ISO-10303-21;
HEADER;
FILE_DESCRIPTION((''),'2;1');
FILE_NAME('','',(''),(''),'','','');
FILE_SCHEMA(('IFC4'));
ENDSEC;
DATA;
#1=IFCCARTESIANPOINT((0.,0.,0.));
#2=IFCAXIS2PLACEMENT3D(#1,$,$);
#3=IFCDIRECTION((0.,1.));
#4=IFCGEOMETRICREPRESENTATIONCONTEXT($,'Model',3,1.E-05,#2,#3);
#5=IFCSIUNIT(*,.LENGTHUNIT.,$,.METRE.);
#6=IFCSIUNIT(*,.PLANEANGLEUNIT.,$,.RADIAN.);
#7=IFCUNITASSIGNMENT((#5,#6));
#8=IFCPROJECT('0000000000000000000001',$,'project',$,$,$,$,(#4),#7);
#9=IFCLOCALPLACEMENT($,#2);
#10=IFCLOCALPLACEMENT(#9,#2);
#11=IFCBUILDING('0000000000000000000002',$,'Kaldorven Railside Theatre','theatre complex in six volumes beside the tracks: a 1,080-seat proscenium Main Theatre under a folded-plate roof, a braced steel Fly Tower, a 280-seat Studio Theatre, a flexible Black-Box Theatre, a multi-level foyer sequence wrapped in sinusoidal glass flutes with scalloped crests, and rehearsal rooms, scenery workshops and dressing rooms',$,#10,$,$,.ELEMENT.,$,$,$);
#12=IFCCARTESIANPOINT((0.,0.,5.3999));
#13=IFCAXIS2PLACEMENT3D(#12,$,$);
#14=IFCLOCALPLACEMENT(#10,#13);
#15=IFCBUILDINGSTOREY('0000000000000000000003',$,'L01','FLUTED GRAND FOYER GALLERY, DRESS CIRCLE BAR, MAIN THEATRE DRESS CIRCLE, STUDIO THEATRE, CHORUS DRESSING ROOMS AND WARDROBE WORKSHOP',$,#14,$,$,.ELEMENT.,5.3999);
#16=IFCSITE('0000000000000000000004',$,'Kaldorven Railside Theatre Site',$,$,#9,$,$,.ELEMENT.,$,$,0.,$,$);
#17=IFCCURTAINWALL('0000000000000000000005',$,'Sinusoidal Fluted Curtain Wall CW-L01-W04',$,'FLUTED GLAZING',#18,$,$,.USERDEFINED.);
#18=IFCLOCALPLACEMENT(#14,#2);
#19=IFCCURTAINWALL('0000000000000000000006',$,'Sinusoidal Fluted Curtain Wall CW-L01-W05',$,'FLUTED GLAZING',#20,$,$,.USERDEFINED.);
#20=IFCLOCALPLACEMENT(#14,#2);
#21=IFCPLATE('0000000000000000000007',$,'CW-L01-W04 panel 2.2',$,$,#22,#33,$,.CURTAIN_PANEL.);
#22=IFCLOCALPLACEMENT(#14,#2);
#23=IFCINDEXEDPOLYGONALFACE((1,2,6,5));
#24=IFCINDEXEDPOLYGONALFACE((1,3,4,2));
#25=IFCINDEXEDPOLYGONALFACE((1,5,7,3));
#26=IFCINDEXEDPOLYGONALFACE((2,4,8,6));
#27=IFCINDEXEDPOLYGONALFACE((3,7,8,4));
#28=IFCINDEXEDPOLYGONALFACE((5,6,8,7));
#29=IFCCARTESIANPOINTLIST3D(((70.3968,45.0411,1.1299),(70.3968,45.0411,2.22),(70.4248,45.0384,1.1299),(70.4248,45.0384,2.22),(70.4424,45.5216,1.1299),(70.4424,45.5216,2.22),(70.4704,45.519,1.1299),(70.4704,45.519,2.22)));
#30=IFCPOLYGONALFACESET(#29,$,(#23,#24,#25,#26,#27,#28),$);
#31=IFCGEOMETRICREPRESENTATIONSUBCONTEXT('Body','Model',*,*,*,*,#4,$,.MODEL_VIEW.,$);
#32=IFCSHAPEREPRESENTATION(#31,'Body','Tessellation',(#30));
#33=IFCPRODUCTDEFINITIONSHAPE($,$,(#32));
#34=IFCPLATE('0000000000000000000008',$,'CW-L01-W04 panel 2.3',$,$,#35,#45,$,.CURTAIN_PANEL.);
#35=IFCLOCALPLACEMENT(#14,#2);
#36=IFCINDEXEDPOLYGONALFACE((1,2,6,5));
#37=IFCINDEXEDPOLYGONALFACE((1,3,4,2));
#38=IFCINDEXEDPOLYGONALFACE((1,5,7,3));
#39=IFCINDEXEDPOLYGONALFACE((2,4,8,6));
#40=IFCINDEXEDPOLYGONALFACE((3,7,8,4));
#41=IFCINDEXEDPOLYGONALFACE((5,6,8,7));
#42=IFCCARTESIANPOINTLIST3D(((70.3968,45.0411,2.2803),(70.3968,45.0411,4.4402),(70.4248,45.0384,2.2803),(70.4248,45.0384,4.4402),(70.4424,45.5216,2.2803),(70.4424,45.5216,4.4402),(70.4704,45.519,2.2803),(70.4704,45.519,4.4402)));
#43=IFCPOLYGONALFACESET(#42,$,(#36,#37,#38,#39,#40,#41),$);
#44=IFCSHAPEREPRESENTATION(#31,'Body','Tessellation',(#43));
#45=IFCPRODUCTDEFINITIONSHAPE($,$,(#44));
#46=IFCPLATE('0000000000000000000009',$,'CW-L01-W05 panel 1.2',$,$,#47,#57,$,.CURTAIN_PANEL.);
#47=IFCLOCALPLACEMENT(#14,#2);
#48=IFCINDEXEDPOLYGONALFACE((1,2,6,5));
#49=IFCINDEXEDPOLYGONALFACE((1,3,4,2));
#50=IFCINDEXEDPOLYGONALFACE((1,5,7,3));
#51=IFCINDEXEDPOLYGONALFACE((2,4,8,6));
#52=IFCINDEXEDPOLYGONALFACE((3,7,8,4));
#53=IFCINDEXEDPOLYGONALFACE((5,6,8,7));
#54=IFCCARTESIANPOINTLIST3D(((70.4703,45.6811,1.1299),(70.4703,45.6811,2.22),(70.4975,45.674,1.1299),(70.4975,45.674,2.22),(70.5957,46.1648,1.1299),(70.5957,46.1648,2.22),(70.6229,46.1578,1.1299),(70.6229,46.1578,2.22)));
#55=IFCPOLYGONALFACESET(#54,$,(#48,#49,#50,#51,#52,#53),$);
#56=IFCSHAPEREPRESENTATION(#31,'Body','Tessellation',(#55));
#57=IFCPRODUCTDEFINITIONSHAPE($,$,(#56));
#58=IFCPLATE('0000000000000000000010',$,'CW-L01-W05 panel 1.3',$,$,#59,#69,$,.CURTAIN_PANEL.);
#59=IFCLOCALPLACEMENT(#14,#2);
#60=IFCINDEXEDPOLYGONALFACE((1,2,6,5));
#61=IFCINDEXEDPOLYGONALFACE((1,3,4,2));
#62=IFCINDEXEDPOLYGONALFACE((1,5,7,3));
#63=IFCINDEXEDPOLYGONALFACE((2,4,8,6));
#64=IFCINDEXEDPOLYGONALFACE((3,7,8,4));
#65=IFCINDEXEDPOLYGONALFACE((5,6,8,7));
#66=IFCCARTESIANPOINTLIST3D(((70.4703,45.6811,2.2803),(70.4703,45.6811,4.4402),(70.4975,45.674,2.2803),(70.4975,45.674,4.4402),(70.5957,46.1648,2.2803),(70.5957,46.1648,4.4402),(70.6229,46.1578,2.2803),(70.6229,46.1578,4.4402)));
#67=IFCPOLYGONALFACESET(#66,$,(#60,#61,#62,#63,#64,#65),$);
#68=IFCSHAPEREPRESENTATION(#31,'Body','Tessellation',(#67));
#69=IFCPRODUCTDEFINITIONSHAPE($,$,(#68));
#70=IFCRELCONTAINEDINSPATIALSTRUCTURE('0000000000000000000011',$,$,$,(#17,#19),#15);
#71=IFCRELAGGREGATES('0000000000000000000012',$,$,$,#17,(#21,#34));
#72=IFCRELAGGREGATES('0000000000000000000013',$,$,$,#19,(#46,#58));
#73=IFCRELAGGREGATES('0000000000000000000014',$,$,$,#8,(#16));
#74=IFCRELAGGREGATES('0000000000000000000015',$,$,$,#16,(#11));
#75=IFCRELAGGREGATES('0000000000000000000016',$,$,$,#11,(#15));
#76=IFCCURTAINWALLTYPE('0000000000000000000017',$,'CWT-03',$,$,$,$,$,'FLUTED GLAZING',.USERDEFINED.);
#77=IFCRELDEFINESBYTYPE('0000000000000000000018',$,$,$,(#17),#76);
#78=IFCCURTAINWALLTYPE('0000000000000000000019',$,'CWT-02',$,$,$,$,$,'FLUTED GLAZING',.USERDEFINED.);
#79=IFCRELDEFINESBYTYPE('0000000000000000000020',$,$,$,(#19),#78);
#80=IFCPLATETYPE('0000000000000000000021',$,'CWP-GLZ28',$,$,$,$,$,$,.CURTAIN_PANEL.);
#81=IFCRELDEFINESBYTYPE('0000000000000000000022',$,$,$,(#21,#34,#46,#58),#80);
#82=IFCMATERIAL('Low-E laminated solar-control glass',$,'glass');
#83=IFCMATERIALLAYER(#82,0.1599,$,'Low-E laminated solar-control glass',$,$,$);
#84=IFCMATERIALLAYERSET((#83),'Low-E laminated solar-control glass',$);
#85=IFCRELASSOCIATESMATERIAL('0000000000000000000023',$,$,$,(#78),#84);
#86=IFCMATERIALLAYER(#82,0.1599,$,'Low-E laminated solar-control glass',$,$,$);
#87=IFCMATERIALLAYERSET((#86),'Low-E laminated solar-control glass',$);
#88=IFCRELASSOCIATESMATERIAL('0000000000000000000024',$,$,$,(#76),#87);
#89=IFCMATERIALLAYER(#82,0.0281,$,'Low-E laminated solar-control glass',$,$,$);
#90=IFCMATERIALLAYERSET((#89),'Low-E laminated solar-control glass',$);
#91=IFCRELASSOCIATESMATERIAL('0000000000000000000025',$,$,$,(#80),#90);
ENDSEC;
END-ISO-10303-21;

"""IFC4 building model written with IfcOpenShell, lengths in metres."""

from ifc_helpers import new_model, si_unit, direction, frame, origin, origin_2d, place, context, subcontext, project, spatial, rectangle, extrude, material, layer, layer_set, type_object, element, aggregate, save


model = new_model("IFC4")

# Units and contexts
model_context = context("Model", 3, precision=1e-05, world=origin(), true_north=direction((0.0, 1.0)))
body_context = subcontext(model_context, "Body", "Model", "MODEL_VIEW")
ifc_project = project(units=[si_unit("LENGTHUNIT", "METRE"), si_unit("PLANEANGLEUNIT", "RADIAN")], contexts=[model_context])

# Site, building, storey
site_placement = place(None, origin())
site = spatial("IfcSite", under=ifc_project, at=site_placement, Name="Kaldorven Railside Theatre Site", CompositionType="ELEMENT", RefElevation=0.0)
building_placement = place(site_placement, origin())
building = spatial("IfcBuilding", under=site, at=building_placement, Name="Kaldorven Railside Theatre", Description="theatre complex in six volumes beside the tracks: a 1,080-seat proscenium Main Theatre under a folded-plate roof, a braced steel Fly Tower, a 280-seat Studio Theatre, a flexible Black-Box Theatre, a multi-level foyer sequence wrapped in sinusoidal glass flutes with scalloped crests, and rehearsal rooms, scenery workshops and dressing rooms", CompositionType="ELEMENT")
storey_placement = place(building_placement, frame((0.0, 0.0, 5.3999)))
storey = spatial("IfcBuildingStorey", under=building, at=storey_placement, Name="L01", Description="FLUTED GRAND FOYER GALLERY, DRESS CIRCLE BAR, MAIN THEATRE DRESS CIRCLE, STUDIO THEATRE, CHORUS DRESSING ROOMS AND WARDROBE WORKSHOP", CompositionType="ELEMENT", Elevation=5.3999)

# Curtain walls
ifc_material_1 = material(Name="Low-E laminated solar-control glass", Category="glass")
ifc_layer_1 = layer(ifc_material_1, 0.1599, Name="Low-E laminated solar-control glass")
ifc_layer_set_1 = layer_set([ifc_layer_1], Name="Low-E laminated solar-control glass")
curtain_wall_type_1 = type_object("IfcCurtainWallType", Name="CWT-02", ElementType="FLUTED GLAZING", PredefinedType="USERDEFINED", material=ifc_layer_set_1)
ifc_layer_2 = layer(ifc_material_1, 0.1599, Name="Low-E laminated solar-control glass")
ifc_layer_set_2 = layer_set([ifc_layer_2], Name="Low-E laminated solar-control glass")
curtain_wall_type_2 = type_object("IfcCurtainWallType", Name="CWT-03", ElementType="FLUTED GLAZING", PredefinedType="USERDEFINED", material=ifc_layer_set_2)
curtain_wall_1_placement = place(storey_placement, origin())
curtain_wall_1 = element("IfcCurtainWall", 1, at=curtain_wall_1_placement, inside=storey, type_object=curtain_wall_type_2, Name="Sinusoidal Fluted Curtain Wall CW-L01-W04", ObjectType="FLUTED GLAZING", PredefinedType="USERDEFINED")
curtain_wall_2_placement = place(storey_placement, origin())
curtain_wall_2 = element("IfcCurtainWall", 2, at=curtain_wall_2_placement, inside=storey, type_object=curtain_wall_type_1, Name="Sinusoidal Fluted Curtain Wall CW-L01-W05", ObjectType="FLUTED GLAZING", PredefinedType="USERDEFINED")

# Plates
ifc_layer_3 = layer(ifc_material_1, 0.0281, Name="Low-E laminated solar-control glass")
ifc_layer_set_3 = layer_set([ifc_layer_3], Name="Low-E laminated solar-control glass")
plate_type = type_object("IfcPlateType", Name="CWP-GLZ28", PredefinedType="CURTAIN_PANEL", material=ifc_layer_set_3)
plate_1_placement = place(storey_placement, frame((70.4336, 45.28, 1.1299), z_axis=(0.0, 0.0, 1.0), x_axis=(0.094492, 0.995526, 0.0)))
plate_1 = element("IfcPlate", 3, at=plate_1_placement, type_object=plate_type, Name="CW-L01-W04 panel 2.2", PredefinedType="CURTAIN_PANEL", context=body_context, shape_type="SweptSolid", body=[
    extrude(rectangle(XDim=0.4827, YDim=0.0281, at=origin_2d()), origin(), (0.0, 0.0, 1.0), 1.0901),
])
plate_2_placement = place(storey_placement, frame((70.4336, 45.28, 2.2803), z_axis=(0.0, 0.0, 1.0), x_axis=(0.094492, 0.995526, 0.0)))
plate_2 = element("IfcPlate", 4, at=plate_2_placement, type_object=plate_type, Name="CW-L01-W04 panel 2.3", PredefinedType="CURTAIN_PANEL", context=body_context, shape_type="SweptSolid", body=[
    extrude(rectangle(XDim=0.4827, YDim=0.0281, at=origin_2d()), origin(), (0.0, 0.0, 1.0), 2.1599),
])
aggregate(curtain_wall_1, [plate_1, plate_2])
plate_3_placement = place(storey_placement, frame((70.5466, 45.9194, 1.1299), z_axis=(0.0, 0.0, 1.0), x_axis=(0.250954, 0.967999, 0.0)))
plate_3 = element("IfcPlate", 5, at=plate_3_placement, type_object=plate_type, Name="CW-L01-W05 panel 1.2", PredefinedType="CURTAIN_PANEL", context=body_context, shape_type="SweptSolid", body=[
    extrude(rectangle(XDim=0.4998, YDim=0.0281, at=origin_2d()), origin(), (0.0, 0.0, 1.0), 1.0901),
])
plate_4_placement = place(storey_placement, frame((70.5466, 45.9194, 2.2803), z_axis=(0.0, 0.0, 1.0), x_axis=(0.250954, 0.967999, 0.0)))
plate_4 = element("IfcPlate", 6, at=plate_4_placement, type_object=plate_type, Name="CW-L01-W05 panel 1.3", PredefinedType="CURTAIN_PANEL", context=body_context, shape_type="SweptSolid", body=[
    extrude(rectangle(XDim=0.4998, YDim=0.0281, at=origin_2d()), origin(), (0.0, 0.0, 1.0), 2.1599),
])
aggregate(curtain_wall_2, [plate_3, plate_4])

save(model, "model.ifc")
